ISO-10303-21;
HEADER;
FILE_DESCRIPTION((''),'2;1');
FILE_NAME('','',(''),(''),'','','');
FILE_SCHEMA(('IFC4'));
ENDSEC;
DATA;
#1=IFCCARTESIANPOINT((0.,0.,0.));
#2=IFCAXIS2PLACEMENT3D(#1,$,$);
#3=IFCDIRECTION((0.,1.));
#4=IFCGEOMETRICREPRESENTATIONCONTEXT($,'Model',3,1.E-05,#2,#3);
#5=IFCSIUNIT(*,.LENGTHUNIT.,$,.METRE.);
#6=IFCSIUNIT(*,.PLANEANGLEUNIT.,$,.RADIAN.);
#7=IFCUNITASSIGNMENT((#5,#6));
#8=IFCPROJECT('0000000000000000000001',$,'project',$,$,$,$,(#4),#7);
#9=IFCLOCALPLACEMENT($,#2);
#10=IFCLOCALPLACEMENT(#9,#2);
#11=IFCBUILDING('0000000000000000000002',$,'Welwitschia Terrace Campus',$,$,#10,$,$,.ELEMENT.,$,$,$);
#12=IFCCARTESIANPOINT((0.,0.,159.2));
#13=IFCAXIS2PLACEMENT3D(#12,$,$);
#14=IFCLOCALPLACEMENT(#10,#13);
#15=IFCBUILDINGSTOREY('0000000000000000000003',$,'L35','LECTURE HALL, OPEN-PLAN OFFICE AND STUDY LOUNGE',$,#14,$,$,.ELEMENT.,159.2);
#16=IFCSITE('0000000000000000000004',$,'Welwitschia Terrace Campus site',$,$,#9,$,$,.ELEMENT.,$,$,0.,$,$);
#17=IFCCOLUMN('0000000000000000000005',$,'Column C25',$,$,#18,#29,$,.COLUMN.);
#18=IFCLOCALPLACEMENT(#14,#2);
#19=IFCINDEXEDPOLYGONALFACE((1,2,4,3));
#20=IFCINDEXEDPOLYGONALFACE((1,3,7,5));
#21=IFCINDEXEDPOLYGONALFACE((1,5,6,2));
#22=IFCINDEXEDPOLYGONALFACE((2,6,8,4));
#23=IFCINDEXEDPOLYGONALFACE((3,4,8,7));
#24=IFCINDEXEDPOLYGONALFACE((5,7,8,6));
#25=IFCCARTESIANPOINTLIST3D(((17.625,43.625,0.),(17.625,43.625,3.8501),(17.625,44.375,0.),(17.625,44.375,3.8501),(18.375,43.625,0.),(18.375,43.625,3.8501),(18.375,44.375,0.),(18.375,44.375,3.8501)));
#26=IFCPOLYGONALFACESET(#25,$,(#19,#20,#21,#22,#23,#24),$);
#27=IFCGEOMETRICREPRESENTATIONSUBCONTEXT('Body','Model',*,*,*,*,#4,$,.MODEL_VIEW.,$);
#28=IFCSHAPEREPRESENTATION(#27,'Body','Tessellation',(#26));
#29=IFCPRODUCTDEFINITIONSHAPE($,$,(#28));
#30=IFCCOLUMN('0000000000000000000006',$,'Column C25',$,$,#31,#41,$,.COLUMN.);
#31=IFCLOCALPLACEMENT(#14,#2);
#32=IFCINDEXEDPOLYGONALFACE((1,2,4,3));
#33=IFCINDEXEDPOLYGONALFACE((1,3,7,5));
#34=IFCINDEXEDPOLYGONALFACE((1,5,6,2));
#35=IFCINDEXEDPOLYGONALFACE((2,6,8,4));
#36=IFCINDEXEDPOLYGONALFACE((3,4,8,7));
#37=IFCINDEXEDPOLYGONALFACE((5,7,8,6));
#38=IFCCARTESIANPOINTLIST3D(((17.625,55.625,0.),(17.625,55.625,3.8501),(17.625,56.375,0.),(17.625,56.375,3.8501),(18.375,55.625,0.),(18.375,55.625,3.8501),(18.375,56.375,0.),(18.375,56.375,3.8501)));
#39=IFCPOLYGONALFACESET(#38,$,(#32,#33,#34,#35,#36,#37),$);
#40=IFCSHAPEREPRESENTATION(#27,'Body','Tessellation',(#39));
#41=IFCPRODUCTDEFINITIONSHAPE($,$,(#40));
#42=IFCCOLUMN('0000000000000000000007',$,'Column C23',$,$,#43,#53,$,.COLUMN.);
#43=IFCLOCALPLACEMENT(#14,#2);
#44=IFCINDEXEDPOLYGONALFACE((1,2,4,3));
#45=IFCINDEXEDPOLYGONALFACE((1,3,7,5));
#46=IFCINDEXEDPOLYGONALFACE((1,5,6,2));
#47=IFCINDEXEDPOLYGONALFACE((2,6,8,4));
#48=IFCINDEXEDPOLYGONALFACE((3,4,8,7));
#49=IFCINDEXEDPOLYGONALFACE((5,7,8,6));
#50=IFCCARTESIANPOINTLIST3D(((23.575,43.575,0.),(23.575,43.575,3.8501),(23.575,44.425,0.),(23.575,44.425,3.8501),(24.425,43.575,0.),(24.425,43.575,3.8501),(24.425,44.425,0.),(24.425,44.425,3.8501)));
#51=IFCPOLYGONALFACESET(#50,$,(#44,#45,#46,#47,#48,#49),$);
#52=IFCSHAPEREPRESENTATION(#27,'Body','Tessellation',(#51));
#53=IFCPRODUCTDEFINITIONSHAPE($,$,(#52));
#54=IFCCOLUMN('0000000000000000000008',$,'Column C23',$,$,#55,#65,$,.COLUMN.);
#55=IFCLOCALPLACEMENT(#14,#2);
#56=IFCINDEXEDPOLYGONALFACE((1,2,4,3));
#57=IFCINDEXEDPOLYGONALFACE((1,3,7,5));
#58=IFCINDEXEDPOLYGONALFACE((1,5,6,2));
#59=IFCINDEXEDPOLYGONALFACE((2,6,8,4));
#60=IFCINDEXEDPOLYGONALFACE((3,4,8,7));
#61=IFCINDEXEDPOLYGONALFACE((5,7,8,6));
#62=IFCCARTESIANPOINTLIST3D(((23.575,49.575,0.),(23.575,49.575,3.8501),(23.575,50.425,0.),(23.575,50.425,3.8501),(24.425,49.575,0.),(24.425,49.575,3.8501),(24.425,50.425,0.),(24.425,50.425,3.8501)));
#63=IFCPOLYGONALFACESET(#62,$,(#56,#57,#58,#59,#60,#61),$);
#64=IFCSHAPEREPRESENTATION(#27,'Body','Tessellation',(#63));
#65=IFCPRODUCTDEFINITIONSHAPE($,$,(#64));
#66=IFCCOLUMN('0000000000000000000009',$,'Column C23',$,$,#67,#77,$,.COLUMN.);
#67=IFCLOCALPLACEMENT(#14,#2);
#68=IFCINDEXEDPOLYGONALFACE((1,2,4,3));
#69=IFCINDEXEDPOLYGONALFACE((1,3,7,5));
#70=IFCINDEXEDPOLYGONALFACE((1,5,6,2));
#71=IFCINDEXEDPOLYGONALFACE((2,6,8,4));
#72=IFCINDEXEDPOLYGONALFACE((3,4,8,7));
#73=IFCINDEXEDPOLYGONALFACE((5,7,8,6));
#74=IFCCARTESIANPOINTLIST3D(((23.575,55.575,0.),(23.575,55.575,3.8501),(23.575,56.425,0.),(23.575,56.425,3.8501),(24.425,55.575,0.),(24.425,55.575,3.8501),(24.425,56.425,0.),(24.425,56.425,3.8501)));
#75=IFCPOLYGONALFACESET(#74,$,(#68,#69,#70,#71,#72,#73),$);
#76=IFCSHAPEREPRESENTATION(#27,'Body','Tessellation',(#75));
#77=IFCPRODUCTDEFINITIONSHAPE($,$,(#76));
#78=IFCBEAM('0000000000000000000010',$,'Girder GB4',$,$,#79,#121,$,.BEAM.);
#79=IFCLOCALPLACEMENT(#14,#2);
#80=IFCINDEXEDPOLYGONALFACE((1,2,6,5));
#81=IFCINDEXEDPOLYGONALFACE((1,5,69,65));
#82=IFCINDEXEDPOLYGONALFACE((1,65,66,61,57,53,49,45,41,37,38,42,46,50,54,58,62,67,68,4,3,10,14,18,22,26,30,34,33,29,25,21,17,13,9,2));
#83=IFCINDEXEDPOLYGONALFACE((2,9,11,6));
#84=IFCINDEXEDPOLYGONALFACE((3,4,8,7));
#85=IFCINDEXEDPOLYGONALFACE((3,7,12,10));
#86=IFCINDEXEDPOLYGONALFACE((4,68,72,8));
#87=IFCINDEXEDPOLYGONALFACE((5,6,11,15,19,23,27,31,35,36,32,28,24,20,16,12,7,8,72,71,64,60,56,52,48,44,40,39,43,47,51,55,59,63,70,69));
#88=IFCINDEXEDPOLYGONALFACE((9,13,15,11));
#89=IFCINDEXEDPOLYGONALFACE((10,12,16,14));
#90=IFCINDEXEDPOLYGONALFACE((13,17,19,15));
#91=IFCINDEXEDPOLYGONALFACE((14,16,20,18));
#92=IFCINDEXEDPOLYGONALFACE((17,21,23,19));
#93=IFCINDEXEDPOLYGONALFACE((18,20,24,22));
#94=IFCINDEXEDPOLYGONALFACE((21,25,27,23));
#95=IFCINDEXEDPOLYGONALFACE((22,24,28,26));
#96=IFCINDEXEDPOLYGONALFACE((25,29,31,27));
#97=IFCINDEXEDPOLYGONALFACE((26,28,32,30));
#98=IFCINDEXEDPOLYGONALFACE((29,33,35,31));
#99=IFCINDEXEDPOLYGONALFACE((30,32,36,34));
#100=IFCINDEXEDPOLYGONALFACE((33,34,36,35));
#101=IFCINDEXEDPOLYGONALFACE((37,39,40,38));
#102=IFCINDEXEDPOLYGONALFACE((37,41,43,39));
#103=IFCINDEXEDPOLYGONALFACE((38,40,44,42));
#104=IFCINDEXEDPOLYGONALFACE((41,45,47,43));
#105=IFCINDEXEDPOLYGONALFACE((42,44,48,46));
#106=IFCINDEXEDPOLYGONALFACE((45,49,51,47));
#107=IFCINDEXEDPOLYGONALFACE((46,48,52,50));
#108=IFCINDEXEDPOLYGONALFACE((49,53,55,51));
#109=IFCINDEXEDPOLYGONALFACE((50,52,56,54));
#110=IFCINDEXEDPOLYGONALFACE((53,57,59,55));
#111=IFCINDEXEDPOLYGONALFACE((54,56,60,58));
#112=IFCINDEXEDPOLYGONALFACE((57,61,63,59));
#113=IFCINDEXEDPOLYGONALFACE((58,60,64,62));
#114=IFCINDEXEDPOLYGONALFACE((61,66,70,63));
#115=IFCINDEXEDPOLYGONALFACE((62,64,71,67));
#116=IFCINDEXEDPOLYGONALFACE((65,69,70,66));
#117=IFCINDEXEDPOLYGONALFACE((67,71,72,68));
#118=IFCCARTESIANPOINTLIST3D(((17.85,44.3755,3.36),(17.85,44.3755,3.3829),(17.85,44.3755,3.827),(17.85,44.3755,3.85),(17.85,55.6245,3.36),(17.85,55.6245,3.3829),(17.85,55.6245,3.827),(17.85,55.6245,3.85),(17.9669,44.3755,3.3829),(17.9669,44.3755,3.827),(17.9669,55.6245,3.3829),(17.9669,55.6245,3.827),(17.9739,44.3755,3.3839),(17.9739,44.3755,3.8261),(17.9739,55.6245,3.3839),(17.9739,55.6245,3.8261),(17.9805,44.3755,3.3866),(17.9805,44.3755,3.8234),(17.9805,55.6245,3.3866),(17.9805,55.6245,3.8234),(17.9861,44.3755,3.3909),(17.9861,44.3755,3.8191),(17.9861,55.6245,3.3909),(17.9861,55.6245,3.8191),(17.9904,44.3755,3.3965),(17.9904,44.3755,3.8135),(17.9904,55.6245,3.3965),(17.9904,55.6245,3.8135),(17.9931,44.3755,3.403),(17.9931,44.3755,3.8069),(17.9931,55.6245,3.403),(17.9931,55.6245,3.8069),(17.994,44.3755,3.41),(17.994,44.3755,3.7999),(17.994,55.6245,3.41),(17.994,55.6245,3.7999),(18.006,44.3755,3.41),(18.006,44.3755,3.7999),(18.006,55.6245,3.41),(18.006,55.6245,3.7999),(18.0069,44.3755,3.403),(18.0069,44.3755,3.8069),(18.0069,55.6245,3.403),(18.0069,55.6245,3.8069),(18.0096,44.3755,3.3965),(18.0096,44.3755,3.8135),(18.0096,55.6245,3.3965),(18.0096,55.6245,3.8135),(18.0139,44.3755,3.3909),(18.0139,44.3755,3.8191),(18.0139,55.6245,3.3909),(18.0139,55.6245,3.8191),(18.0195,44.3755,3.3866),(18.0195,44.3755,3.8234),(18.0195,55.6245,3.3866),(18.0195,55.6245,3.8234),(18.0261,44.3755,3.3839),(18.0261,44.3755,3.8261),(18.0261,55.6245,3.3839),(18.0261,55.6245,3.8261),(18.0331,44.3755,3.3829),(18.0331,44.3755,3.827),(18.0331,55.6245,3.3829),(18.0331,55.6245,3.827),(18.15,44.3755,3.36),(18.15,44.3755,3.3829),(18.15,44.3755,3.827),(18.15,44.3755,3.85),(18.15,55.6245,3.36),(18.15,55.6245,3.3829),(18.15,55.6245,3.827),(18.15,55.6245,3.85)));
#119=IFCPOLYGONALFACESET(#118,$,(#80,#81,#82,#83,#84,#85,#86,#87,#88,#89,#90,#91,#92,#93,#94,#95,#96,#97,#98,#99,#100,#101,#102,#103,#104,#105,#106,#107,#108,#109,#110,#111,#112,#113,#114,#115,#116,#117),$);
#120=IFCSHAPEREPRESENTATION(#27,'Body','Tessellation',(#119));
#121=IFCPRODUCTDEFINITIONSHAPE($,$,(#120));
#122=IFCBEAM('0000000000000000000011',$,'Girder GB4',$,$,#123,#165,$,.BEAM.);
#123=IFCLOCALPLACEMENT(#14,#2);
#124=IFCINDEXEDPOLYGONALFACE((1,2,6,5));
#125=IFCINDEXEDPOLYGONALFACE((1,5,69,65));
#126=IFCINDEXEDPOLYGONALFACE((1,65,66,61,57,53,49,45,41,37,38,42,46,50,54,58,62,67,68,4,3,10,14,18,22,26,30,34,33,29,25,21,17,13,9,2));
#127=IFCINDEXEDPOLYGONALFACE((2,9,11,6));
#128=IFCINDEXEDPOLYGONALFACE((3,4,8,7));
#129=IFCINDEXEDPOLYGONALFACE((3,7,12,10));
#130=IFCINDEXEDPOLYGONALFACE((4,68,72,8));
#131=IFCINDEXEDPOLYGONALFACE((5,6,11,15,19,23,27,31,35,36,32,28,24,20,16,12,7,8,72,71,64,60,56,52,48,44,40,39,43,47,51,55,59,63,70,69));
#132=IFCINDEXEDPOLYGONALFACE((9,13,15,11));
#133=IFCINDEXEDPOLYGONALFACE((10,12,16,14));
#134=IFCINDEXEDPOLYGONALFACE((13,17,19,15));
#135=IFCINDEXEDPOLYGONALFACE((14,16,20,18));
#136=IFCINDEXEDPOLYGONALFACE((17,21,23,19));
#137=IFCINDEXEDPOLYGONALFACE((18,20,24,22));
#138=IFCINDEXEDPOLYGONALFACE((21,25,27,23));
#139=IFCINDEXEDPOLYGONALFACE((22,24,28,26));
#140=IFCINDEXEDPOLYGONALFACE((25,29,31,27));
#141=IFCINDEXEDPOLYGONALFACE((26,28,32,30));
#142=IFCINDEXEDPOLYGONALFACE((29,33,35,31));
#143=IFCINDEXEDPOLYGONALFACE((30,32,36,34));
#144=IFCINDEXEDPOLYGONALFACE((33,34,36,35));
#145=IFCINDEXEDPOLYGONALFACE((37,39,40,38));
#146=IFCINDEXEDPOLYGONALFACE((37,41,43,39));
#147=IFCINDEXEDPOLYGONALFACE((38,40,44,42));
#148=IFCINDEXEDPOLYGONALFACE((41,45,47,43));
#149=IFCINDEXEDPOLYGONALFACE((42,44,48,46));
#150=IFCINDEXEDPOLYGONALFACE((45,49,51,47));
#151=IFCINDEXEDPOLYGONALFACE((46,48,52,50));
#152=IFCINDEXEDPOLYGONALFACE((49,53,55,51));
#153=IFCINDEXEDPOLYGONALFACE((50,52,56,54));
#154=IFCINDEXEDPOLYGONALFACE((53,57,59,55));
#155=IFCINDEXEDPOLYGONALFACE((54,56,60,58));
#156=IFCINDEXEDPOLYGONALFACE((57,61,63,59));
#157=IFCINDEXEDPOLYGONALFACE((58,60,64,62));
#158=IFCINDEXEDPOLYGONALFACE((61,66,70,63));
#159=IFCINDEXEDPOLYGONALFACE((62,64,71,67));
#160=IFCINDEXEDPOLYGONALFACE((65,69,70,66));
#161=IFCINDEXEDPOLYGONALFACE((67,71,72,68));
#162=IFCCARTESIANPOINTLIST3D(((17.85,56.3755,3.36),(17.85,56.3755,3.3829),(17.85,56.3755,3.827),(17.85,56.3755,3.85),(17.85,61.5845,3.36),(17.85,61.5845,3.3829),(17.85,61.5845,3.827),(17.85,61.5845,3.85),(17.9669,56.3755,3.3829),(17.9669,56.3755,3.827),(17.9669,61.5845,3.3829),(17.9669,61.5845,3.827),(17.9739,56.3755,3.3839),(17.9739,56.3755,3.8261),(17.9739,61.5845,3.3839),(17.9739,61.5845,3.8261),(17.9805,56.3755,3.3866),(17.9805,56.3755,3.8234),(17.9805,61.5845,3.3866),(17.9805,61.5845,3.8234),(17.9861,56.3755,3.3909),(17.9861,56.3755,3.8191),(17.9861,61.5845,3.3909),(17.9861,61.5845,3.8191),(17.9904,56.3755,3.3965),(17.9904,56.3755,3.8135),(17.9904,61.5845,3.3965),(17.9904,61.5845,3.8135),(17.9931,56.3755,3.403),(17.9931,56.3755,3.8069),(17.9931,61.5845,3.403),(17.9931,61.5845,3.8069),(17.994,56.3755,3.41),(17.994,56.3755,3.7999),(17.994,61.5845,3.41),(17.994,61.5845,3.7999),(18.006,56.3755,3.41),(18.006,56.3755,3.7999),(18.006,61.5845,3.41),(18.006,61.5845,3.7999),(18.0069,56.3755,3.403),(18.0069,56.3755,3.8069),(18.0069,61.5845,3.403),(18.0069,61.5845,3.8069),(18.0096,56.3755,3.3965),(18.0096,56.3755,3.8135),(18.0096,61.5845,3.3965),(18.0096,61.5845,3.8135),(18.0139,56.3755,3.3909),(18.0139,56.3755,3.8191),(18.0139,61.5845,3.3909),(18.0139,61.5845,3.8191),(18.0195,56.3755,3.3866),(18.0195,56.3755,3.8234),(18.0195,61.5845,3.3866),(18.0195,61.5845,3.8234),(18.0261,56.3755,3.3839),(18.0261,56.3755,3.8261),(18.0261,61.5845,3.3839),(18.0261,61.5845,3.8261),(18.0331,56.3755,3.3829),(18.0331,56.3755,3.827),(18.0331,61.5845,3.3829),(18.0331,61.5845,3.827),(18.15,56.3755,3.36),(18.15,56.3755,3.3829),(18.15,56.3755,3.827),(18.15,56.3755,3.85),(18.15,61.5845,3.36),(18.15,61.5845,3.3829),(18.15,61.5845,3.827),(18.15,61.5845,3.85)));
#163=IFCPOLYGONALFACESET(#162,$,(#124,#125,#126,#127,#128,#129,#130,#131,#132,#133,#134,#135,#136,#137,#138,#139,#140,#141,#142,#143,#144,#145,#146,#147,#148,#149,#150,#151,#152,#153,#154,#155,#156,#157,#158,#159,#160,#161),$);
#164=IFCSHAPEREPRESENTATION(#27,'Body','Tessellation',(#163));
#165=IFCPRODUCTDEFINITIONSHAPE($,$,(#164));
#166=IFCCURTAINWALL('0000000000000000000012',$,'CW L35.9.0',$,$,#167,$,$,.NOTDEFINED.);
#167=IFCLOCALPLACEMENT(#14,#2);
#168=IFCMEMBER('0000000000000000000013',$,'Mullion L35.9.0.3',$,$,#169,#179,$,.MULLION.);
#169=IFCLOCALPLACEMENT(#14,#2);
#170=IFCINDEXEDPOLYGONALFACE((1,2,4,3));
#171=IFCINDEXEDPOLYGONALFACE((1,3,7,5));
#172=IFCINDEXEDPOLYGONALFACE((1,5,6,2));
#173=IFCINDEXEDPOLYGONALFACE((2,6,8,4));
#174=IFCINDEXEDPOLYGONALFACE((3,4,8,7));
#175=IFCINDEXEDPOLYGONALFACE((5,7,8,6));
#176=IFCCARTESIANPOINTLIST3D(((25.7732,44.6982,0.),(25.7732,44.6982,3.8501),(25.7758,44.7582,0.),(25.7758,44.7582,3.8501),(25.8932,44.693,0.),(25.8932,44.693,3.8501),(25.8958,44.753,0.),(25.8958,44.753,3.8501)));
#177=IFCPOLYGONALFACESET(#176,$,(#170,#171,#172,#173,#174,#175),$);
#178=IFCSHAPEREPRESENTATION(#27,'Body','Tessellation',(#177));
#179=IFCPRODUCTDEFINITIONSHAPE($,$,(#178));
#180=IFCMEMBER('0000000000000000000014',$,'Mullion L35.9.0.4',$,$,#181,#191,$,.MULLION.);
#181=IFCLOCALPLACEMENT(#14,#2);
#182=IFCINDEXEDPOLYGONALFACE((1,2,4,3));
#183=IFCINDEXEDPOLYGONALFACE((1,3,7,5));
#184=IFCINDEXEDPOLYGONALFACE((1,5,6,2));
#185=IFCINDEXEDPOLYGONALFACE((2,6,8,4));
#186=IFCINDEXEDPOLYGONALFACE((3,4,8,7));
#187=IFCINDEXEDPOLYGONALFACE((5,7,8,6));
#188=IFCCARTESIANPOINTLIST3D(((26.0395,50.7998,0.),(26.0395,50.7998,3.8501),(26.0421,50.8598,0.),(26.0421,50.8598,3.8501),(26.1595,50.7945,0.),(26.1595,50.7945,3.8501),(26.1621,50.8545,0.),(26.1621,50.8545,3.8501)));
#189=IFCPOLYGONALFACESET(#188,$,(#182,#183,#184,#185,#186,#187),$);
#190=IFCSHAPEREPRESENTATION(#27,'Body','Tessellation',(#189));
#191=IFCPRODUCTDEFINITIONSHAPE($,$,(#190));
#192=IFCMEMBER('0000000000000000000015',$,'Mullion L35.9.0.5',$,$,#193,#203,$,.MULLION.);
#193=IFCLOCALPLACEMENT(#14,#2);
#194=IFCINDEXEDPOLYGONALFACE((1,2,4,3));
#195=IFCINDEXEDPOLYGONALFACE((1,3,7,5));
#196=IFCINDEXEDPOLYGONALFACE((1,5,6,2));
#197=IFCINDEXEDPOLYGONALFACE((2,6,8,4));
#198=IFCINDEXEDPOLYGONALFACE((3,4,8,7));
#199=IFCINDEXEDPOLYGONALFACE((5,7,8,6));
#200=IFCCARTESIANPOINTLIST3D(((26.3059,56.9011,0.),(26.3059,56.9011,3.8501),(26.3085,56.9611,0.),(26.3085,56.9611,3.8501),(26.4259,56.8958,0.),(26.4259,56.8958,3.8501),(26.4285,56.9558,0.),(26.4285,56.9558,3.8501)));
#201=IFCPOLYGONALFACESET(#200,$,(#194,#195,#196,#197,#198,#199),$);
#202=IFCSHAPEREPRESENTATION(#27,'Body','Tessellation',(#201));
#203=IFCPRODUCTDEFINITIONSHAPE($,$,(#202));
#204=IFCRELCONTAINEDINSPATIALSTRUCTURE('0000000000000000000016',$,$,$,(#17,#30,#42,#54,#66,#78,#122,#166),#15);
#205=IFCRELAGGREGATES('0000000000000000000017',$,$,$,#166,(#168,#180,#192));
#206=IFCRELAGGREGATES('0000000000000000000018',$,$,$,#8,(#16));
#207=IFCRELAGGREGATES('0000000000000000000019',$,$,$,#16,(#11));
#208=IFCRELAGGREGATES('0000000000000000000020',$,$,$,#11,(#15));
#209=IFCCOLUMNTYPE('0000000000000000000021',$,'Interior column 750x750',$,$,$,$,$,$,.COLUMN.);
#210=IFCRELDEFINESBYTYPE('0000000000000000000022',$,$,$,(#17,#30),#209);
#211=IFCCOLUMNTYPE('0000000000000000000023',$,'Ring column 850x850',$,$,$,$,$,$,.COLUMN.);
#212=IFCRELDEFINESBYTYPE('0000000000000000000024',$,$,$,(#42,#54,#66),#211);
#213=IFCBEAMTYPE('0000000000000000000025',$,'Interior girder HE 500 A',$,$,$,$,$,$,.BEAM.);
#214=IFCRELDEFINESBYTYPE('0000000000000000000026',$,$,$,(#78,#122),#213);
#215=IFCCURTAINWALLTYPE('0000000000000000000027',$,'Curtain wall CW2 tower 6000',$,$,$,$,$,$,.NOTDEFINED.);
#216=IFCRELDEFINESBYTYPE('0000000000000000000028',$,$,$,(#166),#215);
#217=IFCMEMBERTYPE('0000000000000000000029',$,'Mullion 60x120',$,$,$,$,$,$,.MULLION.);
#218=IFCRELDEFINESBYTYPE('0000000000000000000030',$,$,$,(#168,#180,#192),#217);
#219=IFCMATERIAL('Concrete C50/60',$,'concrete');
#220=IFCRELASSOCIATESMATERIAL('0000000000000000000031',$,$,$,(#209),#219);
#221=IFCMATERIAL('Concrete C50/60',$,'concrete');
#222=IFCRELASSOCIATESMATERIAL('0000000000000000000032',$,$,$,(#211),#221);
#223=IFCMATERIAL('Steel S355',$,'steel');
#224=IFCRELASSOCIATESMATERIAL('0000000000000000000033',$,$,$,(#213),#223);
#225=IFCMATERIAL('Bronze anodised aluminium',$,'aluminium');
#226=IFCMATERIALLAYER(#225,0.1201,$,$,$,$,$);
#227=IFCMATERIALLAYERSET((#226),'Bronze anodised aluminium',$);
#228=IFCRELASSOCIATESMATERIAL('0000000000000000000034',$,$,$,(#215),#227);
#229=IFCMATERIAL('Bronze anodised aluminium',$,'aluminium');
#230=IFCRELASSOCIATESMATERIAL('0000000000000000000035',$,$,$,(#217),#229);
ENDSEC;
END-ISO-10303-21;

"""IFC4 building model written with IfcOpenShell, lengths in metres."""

from ifc_helpers import new_model, si_unit, direction, frame, origin, origin_2d, place, context, subcontext, project, spatial, rectangle, i_section, extrude, material, layer, layer_set, material_profile, profile_set, type_object, element, aggregate, save


model = new_model("IFC4")

# Units and contexts
model_context = context("Model", 3, precision=1e-05, world=origin(), true_north=direction((0.0, 1.0)))
body_context = subcontext(model_context, "Body", "Model", "MODEL_VIEW")
ifc_project = project(units=[si_unit("LENGTHUNIT", "METRE"), si_unit("PLANEANGLEUNIT", "RADIAN")], contexts=[model_context])

# Site, building, storey
site_placement = place(None, origin())
site = spatial("IfcSite", under=ifc_project, at=site_placement, Name="Welwitschia Terrace Campus site", CompositionType="ELEMENT", RefElevation=0.0)
building_placement = place(site_placement, origin())
building = spatial("IfcBuilding", under=site, at=building_placement, Name="Welwitschia Terrace Campus", CompositionType="ELEMENT")
storey_placement = place(building_placement, frame((0.0, 0.0, 159.2)))
storey = spatial("IfcBuildingStorey", under=building, at=storey_placement, Name="L35", Description="LECTURE HALL, OPEN-PLAN OFFICE AND STUDY LOUNGE", CompositionType="ELEMENT", Elevation=159.2)

# Columns
ifc_material_1 = material(Name="Concrete C50/60", Category="concrete")
ifc_material_profile_1 = material_profile(ifc_material_1, rectangle(XDim=0.75, YDim=0.75, at=origin_2d()))
ifc_profile_set_1 = profile_set([ifc_material_profile_1], Name="Concrete C50/60")
column_type_1 = type_object("IfcColumnType", Name="Interior column 750x750", PredefinedType="COLUMN", material=ifc_profile_set_1)
for number, where, z_axis, x_axis, name in (
    (1, (18.0, 44.0, 0.0), (0.0, 0.0, 1.0), (1.0, 0.0, 0.0), "Column C25"),
    (2, (18.0, 56.0, 0.0), (0.0, 0.0, 1.0), (1.0, 0.0, 0.0), "Column C25"),
):
    element("IfcColumn", number, at=place(storey_placement, frame(where, z_axis=z_axis, x_axis=x_axis)), inside=storey, type_object=column_type_1, Name=name, PredefinedType="COLUMN", context=body_context, shape_type="SweptSolid", body=[
        extrude(rectangle(XDim=0.75, YDim=0.75, at=origin_2d()), origin(), (0.0, 0.0, 1.0), 3.8501),
    ])
ifc_material_2 = material(Name="Concrete C50/60", Category="concrete")
ifc_material_profile_2 = material_profile(ifc_material_2, rectangle(XDim=0.8501, YDim=0.8501, at=origin_2d()))
ifc_profile_set_2 = profile_set([ifc_material_profile_2], Name="Concrete C50/60")
column_type_2 = type_object("IfcColumnType", Name="Ring column 850x850", PredefinedType="COLUMN", material=ifc_profile_set_2)
for number, where, z_axis, x_axis, name in (
    (3, (24.0, 44.0, 0.0), (0.0, 0.0, 1.0), (1.0, 0.0, 0.0), "Column C23"),
    (4, (24.0, 50.0, 0.0), (0.0, 0.0, 1.0), (1.0, 0.0, 0.0), "Column C23"),
    (5, (24.0, 56.0, 0.0), (0.0, 0.0, 1.0), (1.0, 0.0, 0.0), "Column C23"),
):
    element("IfcColumn", number, at=place(storey_placement, frame(where, z_axis=z_axis, x_axis=x_axis)), inside=storey, type_object=column_type_2, Name=name, PredefinedType="COLUMN", context=body_context, shape_type="SweptSolid", body=[
        extrude(rectangle(XDim=0.8501, YDim=0.8501, at=origin_2d()), origin(), (0.0, 0.0, 1.0), 3.8501),
    ])

# Beams
ifc_material_3 = material(Name="Steel S355", Category="steel")
ifc_material_profile_3 = material_profile(ifc_material_3, i_section(OverallWidth=0.3, OverallDepth=0.49, WebThickness=0.012, FlangeThickness=0.0229, FilletRadius=0.0271, at=origin_2d()))
ifc_profile_set_3 = profile_set([ifc_material_profile_3], Name="Steel S355")
beam_type_1 = type_object("IfcBeamType", Name="Interior girder HE 500 A", PredefinedType="BEAM", material=ifc_profile_set_3)
beam_1_placement = place(storey_placement, frame((18.0, 44.3755, 3.605), z_axis=(0.0, 1.0, 0.0), x_axis=(-1.0, 0.0, 0.0)))
element("IfcBeam", 6, at=beam_1_placement, inside=storey, type_object=beam_type_1, Name="Girder GB4", PredefinedType="BEAM", context=body_context, shape_type="SweptSolid", body=[
    extrude(i_section(OverallWidth=0.3, OverallDepth=0.49, WebThickness=0.012, FlangeThickness=0.0229, FilletRadius=0.0271, at=origin_2d()), origin(), (0.0, 0.0, 1.0), 11.249),
])
beam_2_placement = place(storey_placement, frame((18.0, 56.3755, 3.605), z_axis=(0.0, 1.0, 0.0), x_axis=(-1.0, 0.0, 0.0)))
element("IfcBeam", 7, at=beam_2_placement, inside=storey, type_object=beam_type_1, Name="Girder GB4", PredefinedType="BEAM", context=body_context, shape_type="SweptSolid", body=[
    extrude(i_section(OverallWidth=0.3, OverallDepth=0.49, WebThickness=0.012, FlangeThickness=0.0229, FilletRadius=0.0271, at=origin_2d()), origin(), (0.0, 0.0, 1.0), 5.209),
])

# Curtain wall, members
ifc_material_4 = material(Name="Bronze anodised aluminium", Category="aluminium")
ifc_layer_1 = layer(ifc_material_4, 0.1201)
ifc_layer_set_1 = layer_set([ifc_layer_1], Name="Bronze anodised aluminium")
curtain_wall_type = type_object("IfcCurtainWallType", Name="Curtain wall CW2 tower 6000", PredefinedType="NOTDEFINED", material=ifc_layer_set_1)
curtain_wall_placement = place(storey_placement, origin())
curtain_wall = element("IfcCurtainWall", 8, at=curtain_wall_placement, inside=storey, type_object=curtain_wall_type, Name="CW L35.9.0", PredefinedType="NOTDEFINED")
ifc_material_5 = material(Name="Bronze anodised aluminium", Category="aluminium")
ifc_material_profile_4 = material_profile(ifc_material_5, rectangle(XDim=0.1201, YDim=0.0601, at=origin_2d()))
ifc_profile_set_4 = profile_set([ifc_material_profile_4], Name="Bronze anodised aluminium")
member_type = type_object("IfcMemberType", Name="Mullion 60x120", PredefinedType="MULLION", material=ifc_profile_set_4)
member_1_placement = place(storey_placement, frame((25.8345, 44.7256, 0.0), z_axis=(0.0, 0.0, 1.0), x_axis=(-0.999048, 0.043619, 0.0)))
member_1 = element("IfcMember", 9, at=member_1_placement, type_object=member_type, Name="Mullion L35.9.0.3", PredefinedType="MULLION", context=body_context, shape_type="SweptSolid", body=[
    extrude(rectangle(XDim=0.1201, YDim=0.0601, at=origin_2d()), origin(), (0.0, 0.0, 1.0), 3.8501),
])
member_2_placement = place(storey_placement, frame((26.1008, 50.8271, 0.0), z_axis=(0.0, 0.0, 1.0), x_axis=(-0.999048, 0.043619, 0.0)))
member_2 = element("IfcMember", 10, at=member_2_placement, type_object=member_type, Name="Mullion L35.9.0.4", PredefinedType="MULLION", context=body_context, shape_type="SweptSolid", body=[
    extrude(rectangle(XDim=0.1201, YDim=0.0601, at=origin_2d()), origin(), (0.0, 0.0, 1.0), 3.8501),
])
member_3_placement = place(storey_placement, frame((26.3672, 56.9285, 0.0), z_axis=(0.0, 0.0, 1.0), x_axis=(-0.999048, 0.043619, 0.0)))
member_3 = element("IfcMember", 11, at=member_3_placement, type_object=member_type, Name="Mullion L35.9.0.5", PredefinedType="MULLION", context=body_context, shape_type="SweptSolid", body=[
    extrude(rectangle(XDim=0.1201, YDim=0.0601, at=origin_2d()), origin(), (0.0, 0.0, 1.0), 3.8501),
])

aggregate(curtain_wall, [member_1, member_2, member_3])

save(model, "model.ifc")
